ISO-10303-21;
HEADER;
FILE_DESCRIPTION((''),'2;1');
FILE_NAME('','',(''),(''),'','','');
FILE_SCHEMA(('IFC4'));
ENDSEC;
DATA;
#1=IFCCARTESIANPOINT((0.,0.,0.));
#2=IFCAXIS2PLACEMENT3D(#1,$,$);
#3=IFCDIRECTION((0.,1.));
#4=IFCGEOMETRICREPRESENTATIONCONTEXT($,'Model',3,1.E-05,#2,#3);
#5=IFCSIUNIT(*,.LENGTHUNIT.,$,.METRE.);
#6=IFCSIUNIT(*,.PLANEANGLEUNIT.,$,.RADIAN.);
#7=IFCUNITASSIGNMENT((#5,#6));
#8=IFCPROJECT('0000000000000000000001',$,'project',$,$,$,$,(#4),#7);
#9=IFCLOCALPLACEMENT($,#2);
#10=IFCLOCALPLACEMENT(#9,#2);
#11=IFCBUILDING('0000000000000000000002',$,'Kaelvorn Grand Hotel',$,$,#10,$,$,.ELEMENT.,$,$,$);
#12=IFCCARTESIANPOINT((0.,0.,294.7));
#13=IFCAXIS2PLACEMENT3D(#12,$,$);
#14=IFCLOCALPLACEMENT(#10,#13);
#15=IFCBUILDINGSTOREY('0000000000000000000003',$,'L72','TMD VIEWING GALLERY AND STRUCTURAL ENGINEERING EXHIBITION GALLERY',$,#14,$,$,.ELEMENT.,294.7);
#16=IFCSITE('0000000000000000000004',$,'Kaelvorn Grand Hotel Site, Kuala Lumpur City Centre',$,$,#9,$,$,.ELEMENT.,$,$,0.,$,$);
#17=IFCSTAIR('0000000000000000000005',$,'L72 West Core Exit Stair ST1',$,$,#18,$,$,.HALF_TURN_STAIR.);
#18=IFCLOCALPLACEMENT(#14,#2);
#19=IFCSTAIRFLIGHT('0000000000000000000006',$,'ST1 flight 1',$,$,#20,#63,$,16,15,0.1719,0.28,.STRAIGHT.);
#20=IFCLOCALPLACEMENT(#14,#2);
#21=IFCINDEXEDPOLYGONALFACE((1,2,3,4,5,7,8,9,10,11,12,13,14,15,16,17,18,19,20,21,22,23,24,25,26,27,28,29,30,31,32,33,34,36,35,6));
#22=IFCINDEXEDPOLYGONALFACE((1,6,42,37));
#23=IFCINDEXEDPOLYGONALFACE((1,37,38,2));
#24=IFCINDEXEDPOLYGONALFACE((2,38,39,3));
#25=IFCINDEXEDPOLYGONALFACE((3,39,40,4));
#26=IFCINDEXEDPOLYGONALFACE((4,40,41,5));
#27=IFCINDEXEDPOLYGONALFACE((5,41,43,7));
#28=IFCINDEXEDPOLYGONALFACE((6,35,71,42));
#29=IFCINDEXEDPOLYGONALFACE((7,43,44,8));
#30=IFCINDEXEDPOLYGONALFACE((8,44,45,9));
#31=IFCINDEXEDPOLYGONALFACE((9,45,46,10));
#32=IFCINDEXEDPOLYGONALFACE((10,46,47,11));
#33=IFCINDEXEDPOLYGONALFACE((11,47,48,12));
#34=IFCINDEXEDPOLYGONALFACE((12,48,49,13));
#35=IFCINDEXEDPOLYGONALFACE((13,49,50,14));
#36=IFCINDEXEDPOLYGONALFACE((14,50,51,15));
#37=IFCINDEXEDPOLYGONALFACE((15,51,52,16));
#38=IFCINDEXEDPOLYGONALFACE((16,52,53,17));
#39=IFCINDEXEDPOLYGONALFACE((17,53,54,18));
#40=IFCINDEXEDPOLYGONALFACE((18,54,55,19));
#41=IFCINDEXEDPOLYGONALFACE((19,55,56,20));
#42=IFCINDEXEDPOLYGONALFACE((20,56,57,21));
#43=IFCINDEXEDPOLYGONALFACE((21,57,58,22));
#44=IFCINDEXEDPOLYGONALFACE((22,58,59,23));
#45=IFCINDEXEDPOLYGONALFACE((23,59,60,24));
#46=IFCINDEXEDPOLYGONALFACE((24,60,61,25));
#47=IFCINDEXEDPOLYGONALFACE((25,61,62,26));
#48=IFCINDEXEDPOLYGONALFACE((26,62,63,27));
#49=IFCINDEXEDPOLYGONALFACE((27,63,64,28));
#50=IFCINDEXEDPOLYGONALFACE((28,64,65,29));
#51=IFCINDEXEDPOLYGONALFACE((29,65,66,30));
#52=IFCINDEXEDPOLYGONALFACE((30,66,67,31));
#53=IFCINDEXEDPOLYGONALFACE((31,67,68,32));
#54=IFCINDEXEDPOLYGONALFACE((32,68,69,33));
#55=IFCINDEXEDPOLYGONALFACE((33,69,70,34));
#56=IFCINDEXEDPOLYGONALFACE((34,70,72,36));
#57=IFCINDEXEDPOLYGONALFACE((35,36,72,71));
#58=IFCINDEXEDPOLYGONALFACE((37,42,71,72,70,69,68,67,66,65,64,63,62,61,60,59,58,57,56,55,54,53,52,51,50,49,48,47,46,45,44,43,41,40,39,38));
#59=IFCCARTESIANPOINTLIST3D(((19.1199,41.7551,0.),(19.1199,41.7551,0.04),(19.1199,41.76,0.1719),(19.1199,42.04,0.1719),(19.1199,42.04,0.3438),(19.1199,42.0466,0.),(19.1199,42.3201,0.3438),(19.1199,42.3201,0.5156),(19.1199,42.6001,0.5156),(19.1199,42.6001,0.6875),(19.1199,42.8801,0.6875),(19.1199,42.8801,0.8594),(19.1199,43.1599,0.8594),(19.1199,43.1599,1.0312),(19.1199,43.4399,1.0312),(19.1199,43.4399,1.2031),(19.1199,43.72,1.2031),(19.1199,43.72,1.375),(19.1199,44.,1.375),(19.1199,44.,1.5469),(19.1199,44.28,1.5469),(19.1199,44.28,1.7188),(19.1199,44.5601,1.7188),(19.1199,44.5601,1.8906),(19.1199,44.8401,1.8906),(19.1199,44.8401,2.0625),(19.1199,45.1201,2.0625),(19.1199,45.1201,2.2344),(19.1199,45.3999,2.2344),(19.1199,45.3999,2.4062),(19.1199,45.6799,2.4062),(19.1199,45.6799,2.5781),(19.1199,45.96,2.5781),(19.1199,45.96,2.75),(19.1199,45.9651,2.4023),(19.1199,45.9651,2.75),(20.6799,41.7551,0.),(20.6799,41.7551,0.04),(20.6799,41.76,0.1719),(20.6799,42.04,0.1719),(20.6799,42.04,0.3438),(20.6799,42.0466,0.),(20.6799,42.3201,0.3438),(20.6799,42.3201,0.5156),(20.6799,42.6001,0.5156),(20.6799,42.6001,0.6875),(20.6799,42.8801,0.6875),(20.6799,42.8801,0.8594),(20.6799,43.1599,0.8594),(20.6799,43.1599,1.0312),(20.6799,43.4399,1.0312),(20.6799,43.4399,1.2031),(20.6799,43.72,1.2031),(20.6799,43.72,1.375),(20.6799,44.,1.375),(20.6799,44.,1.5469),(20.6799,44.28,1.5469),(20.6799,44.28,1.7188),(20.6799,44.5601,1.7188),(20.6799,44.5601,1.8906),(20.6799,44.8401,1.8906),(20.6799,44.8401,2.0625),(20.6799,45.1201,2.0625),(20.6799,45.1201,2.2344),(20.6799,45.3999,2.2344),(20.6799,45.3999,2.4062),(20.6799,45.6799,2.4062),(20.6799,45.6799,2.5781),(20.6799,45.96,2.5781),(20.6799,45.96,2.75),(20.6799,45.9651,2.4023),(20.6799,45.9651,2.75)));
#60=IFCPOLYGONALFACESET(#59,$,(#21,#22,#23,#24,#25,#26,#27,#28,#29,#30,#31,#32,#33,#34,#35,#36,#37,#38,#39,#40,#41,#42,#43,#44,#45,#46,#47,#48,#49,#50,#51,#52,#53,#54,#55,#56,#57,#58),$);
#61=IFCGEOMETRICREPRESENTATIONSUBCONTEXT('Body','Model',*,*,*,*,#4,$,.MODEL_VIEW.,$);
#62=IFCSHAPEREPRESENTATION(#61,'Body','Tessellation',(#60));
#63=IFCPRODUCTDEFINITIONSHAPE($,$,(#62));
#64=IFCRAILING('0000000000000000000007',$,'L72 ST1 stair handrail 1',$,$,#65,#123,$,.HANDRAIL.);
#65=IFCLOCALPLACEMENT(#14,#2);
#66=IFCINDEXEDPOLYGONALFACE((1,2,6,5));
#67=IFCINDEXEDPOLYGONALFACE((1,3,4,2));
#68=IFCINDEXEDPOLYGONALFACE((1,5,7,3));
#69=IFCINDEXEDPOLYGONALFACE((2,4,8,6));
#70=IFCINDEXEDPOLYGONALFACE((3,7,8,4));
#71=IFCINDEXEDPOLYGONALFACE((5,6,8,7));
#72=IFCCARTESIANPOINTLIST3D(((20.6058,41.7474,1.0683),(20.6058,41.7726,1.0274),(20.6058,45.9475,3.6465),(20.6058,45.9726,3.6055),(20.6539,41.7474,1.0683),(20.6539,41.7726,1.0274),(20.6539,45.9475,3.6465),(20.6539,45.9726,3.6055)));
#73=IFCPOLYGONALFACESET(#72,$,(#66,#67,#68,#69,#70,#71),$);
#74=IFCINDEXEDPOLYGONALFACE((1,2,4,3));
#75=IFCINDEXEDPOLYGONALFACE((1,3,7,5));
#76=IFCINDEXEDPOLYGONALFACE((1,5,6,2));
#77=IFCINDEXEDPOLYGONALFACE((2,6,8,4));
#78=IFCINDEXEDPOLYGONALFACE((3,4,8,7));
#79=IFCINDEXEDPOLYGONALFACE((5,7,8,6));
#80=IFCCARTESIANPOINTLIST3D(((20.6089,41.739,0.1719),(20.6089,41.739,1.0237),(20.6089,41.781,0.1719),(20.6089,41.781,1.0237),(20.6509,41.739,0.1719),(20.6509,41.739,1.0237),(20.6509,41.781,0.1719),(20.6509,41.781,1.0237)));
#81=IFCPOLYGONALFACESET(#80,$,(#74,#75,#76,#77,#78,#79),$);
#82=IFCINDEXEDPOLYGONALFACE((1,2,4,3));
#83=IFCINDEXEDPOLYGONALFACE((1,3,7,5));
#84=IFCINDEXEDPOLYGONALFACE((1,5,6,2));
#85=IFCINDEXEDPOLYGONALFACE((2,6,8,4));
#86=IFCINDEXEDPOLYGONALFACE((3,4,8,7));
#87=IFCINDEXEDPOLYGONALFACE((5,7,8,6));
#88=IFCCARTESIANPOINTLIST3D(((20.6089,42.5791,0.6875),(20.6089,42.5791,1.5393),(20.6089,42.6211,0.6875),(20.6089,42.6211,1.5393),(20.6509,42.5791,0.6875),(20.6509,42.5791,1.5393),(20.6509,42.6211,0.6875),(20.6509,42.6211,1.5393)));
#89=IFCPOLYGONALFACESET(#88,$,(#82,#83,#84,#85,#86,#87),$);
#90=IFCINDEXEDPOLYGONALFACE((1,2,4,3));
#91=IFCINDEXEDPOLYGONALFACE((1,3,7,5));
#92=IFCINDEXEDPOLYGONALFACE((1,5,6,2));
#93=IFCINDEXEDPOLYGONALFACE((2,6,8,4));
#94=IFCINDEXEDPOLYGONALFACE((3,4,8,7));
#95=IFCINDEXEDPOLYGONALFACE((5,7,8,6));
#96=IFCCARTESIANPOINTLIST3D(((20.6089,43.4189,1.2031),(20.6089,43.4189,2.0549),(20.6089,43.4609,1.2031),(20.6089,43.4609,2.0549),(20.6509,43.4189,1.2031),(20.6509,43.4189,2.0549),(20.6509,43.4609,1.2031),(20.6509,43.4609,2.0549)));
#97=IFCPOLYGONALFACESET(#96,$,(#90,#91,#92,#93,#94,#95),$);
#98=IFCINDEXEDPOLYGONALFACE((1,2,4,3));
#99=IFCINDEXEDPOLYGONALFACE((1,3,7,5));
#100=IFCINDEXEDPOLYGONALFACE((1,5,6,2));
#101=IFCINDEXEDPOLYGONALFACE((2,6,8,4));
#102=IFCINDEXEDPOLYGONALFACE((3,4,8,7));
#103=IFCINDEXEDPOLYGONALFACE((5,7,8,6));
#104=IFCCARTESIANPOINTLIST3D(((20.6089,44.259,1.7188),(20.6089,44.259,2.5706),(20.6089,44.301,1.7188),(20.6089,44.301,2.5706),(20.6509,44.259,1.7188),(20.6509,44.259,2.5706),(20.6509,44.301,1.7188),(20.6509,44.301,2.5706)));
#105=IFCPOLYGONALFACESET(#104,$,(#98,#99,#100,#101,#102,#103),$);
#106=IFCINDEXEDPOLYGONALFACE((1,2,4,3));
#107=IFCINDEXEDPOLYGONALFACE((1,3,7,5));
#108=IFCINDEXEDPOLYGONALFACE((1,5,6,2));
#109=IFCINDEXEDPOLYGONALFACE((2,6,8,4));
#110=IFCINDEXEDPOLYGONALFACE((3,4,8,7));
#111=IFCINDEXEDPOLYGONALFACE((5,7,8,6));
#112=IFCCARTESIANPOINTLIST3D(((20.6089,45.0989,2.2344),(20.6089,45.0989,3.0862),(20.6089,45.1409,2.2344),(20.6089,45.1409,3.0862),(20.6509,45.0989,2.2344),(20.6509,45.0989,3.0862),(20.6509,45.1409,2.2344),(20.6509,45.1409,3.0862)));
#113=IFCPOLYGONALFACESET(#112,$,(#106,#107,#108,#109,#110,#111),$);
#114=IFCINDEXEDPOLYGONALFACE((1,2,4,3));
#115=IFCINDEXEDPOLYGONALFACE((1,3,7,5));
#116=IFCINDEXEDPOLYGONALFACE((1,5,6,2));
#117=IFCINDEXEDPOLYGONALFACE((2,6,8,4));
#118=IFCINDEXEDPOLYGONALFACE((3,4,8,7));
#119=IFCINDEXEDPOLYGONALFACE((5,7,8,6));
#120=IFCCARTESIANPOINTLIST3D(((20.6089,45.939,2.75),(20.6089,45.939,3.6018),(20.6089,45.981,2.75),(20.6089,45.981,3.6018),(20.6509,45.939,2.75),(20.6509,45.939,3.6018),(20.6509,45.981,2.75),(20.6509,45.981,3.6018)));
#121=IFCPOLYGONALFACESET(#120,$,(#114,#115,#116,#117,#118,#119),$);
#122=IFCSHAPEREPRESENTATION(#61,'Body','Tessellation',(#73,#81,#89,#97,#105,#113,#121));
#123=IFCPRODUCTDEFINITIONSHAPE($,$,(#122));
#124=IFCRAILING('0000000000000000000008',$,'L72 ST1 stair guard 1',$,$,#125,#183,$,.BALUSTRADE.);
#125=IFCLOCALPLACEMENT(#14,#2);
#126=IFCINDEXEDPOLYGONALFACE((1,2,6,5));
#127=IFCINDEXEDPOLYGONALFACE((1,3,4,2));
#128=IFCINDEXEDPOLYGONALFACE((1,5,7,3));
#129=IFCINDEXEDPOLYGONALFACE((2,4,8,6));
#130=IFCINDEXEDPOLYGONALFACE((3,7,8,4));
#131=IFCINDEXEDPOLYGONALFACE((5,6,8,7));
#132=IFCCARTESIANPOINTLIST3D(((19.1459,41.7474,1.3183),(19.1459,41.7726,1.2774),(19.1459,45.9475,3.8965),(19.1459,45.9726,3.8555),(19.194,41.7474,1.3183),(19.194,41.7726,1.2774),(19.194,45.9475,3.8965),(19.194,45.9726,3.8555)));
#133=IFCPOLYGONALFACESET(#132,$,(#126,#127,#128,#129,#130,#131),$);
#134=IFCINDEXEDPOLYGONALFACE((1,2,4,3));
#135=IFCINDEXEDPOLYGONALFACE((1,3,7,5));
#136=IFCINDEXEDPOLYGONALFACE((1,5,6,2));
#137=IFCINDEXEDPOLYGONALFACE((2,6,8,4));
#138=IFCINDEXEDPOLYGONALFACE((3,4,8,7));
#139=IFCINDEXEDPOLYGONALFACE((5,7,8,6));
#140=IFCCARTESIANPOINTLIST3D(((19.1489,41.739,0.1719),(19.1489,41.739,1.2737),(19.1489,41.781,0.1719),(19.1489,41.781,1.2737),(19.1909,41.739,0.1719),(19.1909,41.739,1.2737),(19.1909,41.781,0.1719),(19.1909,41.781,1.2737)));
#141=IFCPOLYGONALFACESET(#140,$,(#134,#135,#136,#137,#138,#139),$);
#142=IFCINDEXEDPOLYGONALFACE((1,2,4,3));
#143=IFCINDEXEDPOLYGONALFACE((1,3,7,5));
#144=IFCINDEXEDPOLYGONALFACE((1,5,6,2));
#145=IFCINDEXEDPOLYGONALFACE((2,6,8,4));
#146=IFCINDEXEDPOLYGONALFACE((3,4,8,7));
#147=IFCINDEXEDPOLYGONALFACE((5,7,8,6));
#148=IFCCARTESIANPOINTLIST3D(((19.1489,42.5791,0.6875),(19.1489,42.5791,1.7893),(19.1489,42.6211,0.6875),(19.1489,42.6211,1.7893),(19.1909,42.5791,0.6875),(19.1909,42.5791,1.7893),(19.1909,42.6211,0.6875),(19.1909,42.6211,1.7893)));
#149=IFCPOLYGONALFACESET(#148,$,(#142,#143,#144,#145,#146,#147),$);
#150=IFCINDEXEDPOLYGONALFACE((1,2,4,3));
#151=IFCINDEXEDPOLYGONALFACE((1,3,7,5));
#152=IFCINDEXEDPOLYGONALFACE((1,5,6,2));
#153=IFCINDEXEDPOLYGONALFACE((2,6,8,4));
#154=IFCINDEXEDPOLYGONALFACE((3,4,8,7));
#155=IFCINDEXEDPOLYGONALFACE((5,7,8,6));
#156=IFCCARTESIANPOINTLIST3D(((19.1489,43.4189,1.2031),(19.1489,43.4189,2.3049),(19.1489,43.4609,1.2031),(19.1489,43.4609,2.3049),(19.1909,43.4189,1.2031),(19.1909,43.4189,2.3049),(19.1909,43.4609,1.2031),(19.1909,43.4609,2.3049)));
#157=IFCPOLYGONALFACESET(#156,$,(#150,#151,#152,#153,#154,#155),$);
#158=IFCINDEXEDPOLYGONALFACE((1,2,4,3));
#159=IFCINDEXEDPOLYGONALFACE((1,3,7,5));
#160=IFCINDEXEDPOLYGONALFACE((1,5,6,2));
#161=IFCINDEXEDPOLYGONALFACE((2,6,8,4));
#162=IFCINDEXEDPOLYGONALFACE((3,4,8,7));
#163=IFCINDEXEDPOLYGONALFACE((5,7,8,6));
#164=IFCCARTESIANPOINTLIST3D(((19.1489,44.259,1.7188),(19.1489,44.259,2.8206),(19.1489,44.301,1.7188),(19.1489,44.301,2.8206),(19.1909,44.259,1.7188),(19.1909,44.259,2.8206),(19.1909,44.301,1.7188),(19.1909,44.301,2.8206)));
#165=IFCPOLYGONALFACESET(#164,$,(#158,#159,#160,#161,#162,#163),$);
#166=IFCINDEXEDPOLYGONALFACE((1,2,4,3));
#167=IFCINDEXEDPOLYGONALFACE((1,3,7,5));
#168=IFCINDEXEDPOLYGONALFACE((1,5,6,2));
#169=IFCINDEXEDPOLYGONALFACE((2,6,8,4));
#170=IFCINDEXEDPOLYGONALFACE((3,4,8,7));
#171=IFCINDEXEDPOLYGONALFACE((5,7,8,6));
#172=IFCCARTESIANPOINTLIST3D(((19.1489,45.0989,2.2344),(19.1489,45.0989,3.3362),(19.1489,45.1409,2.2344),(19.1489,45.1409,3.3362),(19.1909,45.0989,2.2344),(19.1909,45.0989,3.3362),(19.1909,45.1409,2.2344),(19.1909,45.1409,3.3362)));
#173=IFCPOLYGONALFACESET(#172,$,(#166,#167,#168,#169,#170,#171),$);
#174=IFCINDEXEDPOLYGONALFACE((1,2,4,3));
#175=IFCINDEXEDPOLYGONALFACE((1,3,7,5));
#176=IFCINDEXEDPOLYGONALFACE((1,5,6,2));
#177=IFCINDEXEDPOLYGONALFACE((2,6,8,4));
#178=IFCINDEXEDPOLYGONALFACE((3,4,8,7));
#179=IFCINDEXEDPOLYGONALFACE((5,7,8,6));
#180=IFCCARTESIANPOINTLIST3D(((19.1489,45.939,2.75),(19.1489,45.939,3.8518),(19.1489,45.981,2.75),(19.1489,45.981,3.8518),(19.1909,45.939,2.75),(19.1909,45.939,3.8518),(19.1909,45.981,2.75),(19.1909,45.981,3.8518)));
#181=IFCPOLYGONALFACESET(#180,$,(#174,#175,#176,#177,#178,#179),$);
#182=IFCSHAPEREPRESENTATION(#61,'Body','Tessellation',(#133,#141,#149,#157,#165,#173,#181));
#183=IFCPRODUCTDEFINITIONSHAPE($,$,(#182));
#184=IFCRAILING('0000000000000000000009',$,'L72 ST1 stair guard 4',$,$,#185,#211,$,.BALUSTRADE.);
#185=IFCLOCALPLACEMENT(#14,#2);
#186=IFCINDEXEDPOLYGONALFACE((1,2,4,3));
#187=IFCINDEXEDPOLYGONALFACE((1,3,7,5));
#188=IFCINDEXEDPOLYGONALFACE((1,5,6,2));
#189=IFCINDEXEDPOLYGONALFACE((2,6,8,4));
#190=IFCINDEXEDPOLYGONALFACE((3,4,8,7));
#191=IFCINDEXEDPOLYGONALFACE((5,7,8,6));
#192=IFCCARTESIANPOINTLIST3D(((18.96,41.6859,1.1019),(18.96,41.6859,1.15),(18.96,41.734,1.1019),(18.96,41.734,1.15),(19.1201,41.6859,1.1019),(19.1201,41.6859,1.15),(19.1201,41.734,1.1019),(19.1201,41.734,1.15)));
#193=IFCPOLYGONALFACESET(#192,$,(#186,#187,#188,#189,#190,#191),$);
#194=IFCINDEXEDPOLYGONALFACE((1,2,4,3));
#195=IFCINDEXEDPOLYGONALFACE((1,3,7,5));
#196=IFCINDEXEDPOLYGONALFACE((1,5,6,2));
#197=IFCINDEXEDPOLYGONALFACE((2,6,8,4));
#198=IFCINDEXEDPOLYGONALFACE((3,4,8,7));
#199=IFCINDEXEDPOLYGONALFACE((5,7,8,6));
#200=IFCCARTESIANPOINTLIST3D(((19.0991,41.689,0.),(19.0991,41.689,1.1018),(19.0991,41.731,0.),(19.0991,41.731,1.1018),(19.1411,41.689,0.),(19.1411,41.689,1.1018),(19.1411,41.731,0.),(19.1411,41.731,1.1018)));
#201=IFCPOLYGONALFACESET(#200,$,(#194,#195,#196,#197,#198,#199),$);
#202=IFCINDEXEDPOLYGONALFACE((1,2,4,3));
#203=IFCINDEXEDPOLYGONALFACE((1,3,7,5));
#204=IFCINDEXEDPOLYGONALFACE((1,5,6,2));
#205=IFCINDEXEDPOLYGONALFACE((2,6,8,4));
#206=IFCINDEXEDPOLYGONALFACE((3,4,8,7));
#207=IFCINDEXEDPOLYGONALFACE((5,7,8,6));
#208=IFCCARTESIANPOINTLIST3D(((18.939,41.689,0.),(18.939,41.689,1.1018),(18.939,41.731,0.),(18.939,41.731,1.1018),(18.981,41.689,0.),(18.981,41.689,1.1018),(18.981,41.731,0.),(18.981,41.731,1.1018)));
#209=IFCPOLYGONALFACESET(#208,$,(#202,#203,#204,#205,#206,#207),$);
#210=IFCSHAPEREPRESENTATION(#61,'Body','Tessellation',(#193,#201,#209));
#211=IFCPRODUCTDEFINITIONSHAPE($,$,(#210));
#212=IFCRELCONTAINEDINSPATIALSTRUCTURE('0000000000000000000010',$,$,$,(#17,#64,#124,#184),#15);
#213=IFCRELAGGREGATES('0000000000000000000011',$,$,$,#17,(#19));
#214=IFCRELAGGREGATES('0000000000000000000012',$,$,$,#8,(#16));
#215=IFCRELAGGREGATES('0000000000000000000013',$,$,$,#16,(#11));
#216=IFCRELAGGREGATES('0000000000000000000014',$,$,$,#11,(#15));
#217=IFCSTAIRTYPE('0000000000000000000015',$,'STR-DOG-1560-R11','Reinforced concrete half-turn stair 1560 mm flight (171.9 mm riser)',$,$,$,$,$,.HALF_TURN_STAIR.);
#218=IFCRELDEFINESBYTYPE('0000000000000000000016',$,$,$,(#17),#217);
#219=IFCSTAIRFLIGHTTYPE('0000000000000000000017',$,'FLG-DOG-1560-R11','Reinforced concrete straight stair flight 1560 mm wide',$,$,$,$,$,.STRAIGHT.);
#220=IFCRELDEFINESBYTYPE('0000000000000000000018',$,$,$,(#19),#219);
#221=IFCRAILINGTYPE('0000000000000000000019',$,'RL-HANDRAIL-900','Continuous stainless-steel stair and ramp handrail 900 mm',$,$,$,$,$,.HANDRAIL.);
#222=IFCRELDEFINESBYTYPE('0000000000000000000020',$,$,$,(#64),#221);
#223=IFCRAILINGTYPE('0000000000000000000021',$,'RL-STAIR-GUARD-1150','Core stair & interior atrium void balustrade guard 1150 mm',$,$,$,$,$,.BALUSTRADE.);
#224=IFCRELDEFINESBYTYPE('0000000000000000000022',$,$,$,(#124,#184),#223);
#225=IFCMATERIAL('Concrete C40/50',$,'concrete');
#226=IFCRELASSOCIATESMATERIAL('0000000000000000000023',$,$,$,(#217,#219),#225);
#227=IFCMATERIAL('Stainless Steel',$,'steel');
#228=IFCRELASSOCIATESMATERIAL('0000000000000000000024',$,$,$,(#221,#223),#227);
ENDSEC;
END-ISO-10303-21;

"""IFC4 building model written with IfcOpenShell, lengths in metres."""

from ifc_helpers import new_model, si_unit, direction, frame, origin, origin_2d, place, context, subcontext, project, spatial, polyline, rectangle, outline, extrude, material, type_object, element, aggregate, save


model = new_model("IFC4")

# Units and contexts
model_context = context("Model", 3, precision=1e-05, world=origin(), true_north=direction((0.0, 1.0)))
body_context = subcontext(model_context, "Body", "Model", "MODEL_VIEW")
ifc_project = project(units=[si_unit("LENGTHUNIT", "METRE"), si_unit("PLANEANGLEUNIT", "RADIAN")], contexts=[model_context])

# Site, building, storey
site_placement = place(None, origin())
site = spatial("IfcSite", under=ifc_project, at=site_placement, Name="Kaelvorn Grand Hotel Site, Kuala Lumpur City Centre", CompositionType="ELEMENT", RefElevation=0.0)
building_placement = place(site_placement, origin())
building = spatial("IfcBuilding", under=site, at=building_placement, Name="Kaelvorn Grand Hotel", CompositionType="ELEMENT")
storey_placement = place(building_placement, frame((0.0, 0.0, 294.7)))
storey = spatial("IfcBuildingStorey", under=building, at=storey_placement, Name="L72", Description="TMD VIEWING GALLERY AND STRUCTURAL ENGINEERING EXHIBITION GALLERY", CompositionType="ELEMENT", Elevation=294.7)

# Shared definitions
ifc_material_1 = material(Name="Concrete C40/50", Category="concrete")

# Shared definitions
ifc_material_2 = material(Name="Stainless Steel", Category="steel")

# Stair, stair flight
stair_type = type_object("IfcStairType", Name="STR-DOG-1560-R11", Description="Reinforced concrete half-turn stair 1560 mm flight (171.9 mm riser)", PredefinedType="HALF_TURN_STAIR", material=ifc_material_1)
stair_placement = place(storey_placement, origin())
stair = element("IfcStair", 1, at=stair_placement, inside=storey, type_object=stair_type, Name="L72 West Core Exit Stair ST1", PredefinedType="HALF_TURN_STAIR")
stair_flight_type = type_object("IfcStairFlightType", Name="FLG-DOG-1560-R11", Description="Reinforced concrete straight stair flight 1560 mm wide", PredefinedType="STRAIGHT", material=ifc_material_1)
stair_flight_placement = place(storey_placement, frame((19.8999, 41.76, 0.0), z_axis=(0.0, 0.0, 1.0), x_axis=(0.0, 1.0, 0.0)))
stair_flight = element("IfcStairFlight", 2, at=stair_flight_placement, type_object=stair_flight_type, Name="ST1 flight 1", NumberOfRisers=16, NumberOfTreads=15, PredefinedType="STRAIGHT", RiserHeight=0.1719, TreadLength=0.28, context=body_context, shape_type="SweptSolid", body=[
    extrude(outline(polyline([(-0.0049, 0.0), (-0.0049, 0.04), (0.0, 0.1719), (0.28, 0.1719), (0.28, 0.3438), (0.5601, 0.3438), (0.5601, 0.5156), (0.8401, 0.5156), (0.8401, 0.6875), (1.1201, 0.6875), (1.1201, 0.8594), (1.3999, 0.8594), (1.3999, 1.0312), (1.6799, 1.0312), (1.6799, 1.2031), (1.96, 1.2031), (1.96, 1.375), (2.24, 1.375), (2.24, 1.5469), (2.52, 1.5469), (2.52, 1.7188), (2.8, 1.7188), (2.8, 1.8906), (3.0801, 1.8906), (3.0801, 2.0625), (3.3601, 2.0625), (3.3601, 2.2344), (3.6399, 2.2344), (3.6399, 2.4062), (3.9199, 2.4062), (3.9199, 2.5781), (4.2, 2.5781), (4.2, 2.75), (4.2051, 2.75), (4.2051, 2.4023), (0.2866, 0.0), (-0.0049, 0.0)])), frame((0.0, 0.78, 0.0), z_axis=(0.0, -1.0, 0.0), x_axis=(1.0, 0.0, 0.0)), (0.0, 0.0, 1.0), 1.5601),
])
aggregate(stair, [stair_flight])

# Railings
railing_type_1 = type_object("IfcRailingType", Name="RL-HANDRAIL-900", Description="Continuous stainless-steel stair and ramp handrail 900 mm", PredefinedType="HANDRAIL", material=ifc_material_2)
railing_1_placement = place(storey_placement, frame((20.6299, 41.76, 0.1719)))
element("IfcRailing", 3, at=railing_1_placement, inside=storey, type_object=railing_type_1, Name="L72 ST1 stair handrail 1", PredefinedType="HANDRAIL", context=body_context, shape_type="SweptSolid", body=[
    extrude(rectangle(XDim=0.0481, YDim=0.0481, at=origin_2d()), frame((0.0, 0.0, 0.876), z_axis=(0.0, 0.852243, 0.523146), x_axis=(-1.0, 0.0, 0.0)), (0.0, 0.0, 1.0), 4.9282),
    extrude(rectangle(XDim=0.042, YDim=0.042, at=origin_2d()), origin(), (0.0, 0.0, 1.0), 0.8518),
    extrude(rectangle(XDim=0.042, YDim=0.042, at=origin_2d()), frame((0.0, 0.8401, 0.5156)), (0.0, 0.0, 1.0), 0.8518),
    extrude(rectangle(XDim=0.042, YDim=0.042, at=origin_2d()), frame((0.0, 1.6799, 1.0312)), (0.0, 0.0, 1.0), 0.8518),
    extrude(rectangle(XDim=0.042, YDim=0.042, at=origin_2d()), frame((0.0, 2.52, 1.5469)), (0.0, 0.0, 1.0), 0.8518),
    extrude(rectangle(XDim=0.042, YDim=0.042, at=origin_2d()), frame((0.0, 3.3599, 2.0625)), (0.0, 0.0, 1.0), 0.8518),
    extrude(rectangle(XDim=0.042, YDim=0.042, at=origin_2d()), frame((0.0, 4.2, 2.5781)), (0.0, 0.0, 1.0), 0.8518),
])
railing_type_2 = type_object("IfcRailingType", Name="RL-STAIR-GUARD-1150", Description="Core stair & interior atrium void balustrade guard 1150 mm", PredefinedType="BALUSTRADE", material=ifc_material_2)
railing_2_placement = place(storey_placement, frame((19.1699, 41.76, 0.1719)))
element("IfcRailing", 4, at=railing_2_placement, inside=storey, type_object=railing_type_2, Name="L72 ST1 stair guard 1", PredefinedType="BALUSTRADE", context=body_context, shape_type="SweptSolid", body=[
    extrude(rectangle(XDim=0.0481, YDim=0.0481, at=origin_2d()), frame((0.0, 0.0, 1.126), z_axis=(0.0, 0.852243, 0.523146), x_axis=(-1.0, 0.0, 0.0)), (0.0, 0.0, 1.0), 4.9282),
    extrude(rectangle(XDim=0.042, YDim=0.042, at=origin_2d()), origin(), (0.0, 0.0, 1.0), 1.1018),
    extrude(rectangle(XDim=0.042, YDim=0.042, at=origin_2d()), frame((0.0, 0.8401, 0.5156)), (0.0, 0.0, 1.0), 1.1018),
    extrude(rectangle(XDim=0.042, YDim=0.042, at=origin_2d()), frame((0.0, 1.6799, 1.0312)), (0.0, 0.0, 1.0), 1.1018),
    extrude(rectangle(XDim=0.042, YDim=0.042, at=origin_2d()), frame((0.0, 2.52, 1.5469)), (0.0, 0.0, 1.0), 1.1018),
    extrude(rectangle(XDim=0.042, YDim=0.042, at=origin_2d()), frame((0.0, 3.3599, 2.0625)), (0.0, 0.0, 1.0), 1.1018),
    extrude(rectangle(XDim=0.042, YDim=0.042, at=origin_2d()), frame((0.0, 4.2, 2.5781)), (0.0, 0.0, 1.0), 1.1018),
])
railing_3_placement = place(storey_placement, frame((19.1201, 41.71, 0.0)))
element("IfcRailing", 5, at=railing_3_placement, inside=storey, type_object=railing_type_2, Name="L72 ST1 stair guard 4", PredefinedType="BALUSTRADE", context=body_context, shape_type="SweptSolid", body=[
    extrude(rectangle(XDim=0.0481, YDim=0.0481, at=origin_2d()), frame((0.0, 0.0, 1.126), z_axis=(-1.0, 0.0, 0.0), x_axis=(0.0, -1.0, 0.0)), (0.0, 0.0, 1.0), 0.1602),
    extrude(rectangle(XDim=0.042, YDim=0.042, at=origin_2d()), origin(), (0.0, 0.0, 1.0), 1.1018),
    extrude(rectangle(XDim=0.042, YDim=0.042, at=origin_2d()), frame((-0.1602, 0.0, 0.0)), (0.0, 0.0, 1.0), 1.1018),
])

save(model, "model.ifc")
